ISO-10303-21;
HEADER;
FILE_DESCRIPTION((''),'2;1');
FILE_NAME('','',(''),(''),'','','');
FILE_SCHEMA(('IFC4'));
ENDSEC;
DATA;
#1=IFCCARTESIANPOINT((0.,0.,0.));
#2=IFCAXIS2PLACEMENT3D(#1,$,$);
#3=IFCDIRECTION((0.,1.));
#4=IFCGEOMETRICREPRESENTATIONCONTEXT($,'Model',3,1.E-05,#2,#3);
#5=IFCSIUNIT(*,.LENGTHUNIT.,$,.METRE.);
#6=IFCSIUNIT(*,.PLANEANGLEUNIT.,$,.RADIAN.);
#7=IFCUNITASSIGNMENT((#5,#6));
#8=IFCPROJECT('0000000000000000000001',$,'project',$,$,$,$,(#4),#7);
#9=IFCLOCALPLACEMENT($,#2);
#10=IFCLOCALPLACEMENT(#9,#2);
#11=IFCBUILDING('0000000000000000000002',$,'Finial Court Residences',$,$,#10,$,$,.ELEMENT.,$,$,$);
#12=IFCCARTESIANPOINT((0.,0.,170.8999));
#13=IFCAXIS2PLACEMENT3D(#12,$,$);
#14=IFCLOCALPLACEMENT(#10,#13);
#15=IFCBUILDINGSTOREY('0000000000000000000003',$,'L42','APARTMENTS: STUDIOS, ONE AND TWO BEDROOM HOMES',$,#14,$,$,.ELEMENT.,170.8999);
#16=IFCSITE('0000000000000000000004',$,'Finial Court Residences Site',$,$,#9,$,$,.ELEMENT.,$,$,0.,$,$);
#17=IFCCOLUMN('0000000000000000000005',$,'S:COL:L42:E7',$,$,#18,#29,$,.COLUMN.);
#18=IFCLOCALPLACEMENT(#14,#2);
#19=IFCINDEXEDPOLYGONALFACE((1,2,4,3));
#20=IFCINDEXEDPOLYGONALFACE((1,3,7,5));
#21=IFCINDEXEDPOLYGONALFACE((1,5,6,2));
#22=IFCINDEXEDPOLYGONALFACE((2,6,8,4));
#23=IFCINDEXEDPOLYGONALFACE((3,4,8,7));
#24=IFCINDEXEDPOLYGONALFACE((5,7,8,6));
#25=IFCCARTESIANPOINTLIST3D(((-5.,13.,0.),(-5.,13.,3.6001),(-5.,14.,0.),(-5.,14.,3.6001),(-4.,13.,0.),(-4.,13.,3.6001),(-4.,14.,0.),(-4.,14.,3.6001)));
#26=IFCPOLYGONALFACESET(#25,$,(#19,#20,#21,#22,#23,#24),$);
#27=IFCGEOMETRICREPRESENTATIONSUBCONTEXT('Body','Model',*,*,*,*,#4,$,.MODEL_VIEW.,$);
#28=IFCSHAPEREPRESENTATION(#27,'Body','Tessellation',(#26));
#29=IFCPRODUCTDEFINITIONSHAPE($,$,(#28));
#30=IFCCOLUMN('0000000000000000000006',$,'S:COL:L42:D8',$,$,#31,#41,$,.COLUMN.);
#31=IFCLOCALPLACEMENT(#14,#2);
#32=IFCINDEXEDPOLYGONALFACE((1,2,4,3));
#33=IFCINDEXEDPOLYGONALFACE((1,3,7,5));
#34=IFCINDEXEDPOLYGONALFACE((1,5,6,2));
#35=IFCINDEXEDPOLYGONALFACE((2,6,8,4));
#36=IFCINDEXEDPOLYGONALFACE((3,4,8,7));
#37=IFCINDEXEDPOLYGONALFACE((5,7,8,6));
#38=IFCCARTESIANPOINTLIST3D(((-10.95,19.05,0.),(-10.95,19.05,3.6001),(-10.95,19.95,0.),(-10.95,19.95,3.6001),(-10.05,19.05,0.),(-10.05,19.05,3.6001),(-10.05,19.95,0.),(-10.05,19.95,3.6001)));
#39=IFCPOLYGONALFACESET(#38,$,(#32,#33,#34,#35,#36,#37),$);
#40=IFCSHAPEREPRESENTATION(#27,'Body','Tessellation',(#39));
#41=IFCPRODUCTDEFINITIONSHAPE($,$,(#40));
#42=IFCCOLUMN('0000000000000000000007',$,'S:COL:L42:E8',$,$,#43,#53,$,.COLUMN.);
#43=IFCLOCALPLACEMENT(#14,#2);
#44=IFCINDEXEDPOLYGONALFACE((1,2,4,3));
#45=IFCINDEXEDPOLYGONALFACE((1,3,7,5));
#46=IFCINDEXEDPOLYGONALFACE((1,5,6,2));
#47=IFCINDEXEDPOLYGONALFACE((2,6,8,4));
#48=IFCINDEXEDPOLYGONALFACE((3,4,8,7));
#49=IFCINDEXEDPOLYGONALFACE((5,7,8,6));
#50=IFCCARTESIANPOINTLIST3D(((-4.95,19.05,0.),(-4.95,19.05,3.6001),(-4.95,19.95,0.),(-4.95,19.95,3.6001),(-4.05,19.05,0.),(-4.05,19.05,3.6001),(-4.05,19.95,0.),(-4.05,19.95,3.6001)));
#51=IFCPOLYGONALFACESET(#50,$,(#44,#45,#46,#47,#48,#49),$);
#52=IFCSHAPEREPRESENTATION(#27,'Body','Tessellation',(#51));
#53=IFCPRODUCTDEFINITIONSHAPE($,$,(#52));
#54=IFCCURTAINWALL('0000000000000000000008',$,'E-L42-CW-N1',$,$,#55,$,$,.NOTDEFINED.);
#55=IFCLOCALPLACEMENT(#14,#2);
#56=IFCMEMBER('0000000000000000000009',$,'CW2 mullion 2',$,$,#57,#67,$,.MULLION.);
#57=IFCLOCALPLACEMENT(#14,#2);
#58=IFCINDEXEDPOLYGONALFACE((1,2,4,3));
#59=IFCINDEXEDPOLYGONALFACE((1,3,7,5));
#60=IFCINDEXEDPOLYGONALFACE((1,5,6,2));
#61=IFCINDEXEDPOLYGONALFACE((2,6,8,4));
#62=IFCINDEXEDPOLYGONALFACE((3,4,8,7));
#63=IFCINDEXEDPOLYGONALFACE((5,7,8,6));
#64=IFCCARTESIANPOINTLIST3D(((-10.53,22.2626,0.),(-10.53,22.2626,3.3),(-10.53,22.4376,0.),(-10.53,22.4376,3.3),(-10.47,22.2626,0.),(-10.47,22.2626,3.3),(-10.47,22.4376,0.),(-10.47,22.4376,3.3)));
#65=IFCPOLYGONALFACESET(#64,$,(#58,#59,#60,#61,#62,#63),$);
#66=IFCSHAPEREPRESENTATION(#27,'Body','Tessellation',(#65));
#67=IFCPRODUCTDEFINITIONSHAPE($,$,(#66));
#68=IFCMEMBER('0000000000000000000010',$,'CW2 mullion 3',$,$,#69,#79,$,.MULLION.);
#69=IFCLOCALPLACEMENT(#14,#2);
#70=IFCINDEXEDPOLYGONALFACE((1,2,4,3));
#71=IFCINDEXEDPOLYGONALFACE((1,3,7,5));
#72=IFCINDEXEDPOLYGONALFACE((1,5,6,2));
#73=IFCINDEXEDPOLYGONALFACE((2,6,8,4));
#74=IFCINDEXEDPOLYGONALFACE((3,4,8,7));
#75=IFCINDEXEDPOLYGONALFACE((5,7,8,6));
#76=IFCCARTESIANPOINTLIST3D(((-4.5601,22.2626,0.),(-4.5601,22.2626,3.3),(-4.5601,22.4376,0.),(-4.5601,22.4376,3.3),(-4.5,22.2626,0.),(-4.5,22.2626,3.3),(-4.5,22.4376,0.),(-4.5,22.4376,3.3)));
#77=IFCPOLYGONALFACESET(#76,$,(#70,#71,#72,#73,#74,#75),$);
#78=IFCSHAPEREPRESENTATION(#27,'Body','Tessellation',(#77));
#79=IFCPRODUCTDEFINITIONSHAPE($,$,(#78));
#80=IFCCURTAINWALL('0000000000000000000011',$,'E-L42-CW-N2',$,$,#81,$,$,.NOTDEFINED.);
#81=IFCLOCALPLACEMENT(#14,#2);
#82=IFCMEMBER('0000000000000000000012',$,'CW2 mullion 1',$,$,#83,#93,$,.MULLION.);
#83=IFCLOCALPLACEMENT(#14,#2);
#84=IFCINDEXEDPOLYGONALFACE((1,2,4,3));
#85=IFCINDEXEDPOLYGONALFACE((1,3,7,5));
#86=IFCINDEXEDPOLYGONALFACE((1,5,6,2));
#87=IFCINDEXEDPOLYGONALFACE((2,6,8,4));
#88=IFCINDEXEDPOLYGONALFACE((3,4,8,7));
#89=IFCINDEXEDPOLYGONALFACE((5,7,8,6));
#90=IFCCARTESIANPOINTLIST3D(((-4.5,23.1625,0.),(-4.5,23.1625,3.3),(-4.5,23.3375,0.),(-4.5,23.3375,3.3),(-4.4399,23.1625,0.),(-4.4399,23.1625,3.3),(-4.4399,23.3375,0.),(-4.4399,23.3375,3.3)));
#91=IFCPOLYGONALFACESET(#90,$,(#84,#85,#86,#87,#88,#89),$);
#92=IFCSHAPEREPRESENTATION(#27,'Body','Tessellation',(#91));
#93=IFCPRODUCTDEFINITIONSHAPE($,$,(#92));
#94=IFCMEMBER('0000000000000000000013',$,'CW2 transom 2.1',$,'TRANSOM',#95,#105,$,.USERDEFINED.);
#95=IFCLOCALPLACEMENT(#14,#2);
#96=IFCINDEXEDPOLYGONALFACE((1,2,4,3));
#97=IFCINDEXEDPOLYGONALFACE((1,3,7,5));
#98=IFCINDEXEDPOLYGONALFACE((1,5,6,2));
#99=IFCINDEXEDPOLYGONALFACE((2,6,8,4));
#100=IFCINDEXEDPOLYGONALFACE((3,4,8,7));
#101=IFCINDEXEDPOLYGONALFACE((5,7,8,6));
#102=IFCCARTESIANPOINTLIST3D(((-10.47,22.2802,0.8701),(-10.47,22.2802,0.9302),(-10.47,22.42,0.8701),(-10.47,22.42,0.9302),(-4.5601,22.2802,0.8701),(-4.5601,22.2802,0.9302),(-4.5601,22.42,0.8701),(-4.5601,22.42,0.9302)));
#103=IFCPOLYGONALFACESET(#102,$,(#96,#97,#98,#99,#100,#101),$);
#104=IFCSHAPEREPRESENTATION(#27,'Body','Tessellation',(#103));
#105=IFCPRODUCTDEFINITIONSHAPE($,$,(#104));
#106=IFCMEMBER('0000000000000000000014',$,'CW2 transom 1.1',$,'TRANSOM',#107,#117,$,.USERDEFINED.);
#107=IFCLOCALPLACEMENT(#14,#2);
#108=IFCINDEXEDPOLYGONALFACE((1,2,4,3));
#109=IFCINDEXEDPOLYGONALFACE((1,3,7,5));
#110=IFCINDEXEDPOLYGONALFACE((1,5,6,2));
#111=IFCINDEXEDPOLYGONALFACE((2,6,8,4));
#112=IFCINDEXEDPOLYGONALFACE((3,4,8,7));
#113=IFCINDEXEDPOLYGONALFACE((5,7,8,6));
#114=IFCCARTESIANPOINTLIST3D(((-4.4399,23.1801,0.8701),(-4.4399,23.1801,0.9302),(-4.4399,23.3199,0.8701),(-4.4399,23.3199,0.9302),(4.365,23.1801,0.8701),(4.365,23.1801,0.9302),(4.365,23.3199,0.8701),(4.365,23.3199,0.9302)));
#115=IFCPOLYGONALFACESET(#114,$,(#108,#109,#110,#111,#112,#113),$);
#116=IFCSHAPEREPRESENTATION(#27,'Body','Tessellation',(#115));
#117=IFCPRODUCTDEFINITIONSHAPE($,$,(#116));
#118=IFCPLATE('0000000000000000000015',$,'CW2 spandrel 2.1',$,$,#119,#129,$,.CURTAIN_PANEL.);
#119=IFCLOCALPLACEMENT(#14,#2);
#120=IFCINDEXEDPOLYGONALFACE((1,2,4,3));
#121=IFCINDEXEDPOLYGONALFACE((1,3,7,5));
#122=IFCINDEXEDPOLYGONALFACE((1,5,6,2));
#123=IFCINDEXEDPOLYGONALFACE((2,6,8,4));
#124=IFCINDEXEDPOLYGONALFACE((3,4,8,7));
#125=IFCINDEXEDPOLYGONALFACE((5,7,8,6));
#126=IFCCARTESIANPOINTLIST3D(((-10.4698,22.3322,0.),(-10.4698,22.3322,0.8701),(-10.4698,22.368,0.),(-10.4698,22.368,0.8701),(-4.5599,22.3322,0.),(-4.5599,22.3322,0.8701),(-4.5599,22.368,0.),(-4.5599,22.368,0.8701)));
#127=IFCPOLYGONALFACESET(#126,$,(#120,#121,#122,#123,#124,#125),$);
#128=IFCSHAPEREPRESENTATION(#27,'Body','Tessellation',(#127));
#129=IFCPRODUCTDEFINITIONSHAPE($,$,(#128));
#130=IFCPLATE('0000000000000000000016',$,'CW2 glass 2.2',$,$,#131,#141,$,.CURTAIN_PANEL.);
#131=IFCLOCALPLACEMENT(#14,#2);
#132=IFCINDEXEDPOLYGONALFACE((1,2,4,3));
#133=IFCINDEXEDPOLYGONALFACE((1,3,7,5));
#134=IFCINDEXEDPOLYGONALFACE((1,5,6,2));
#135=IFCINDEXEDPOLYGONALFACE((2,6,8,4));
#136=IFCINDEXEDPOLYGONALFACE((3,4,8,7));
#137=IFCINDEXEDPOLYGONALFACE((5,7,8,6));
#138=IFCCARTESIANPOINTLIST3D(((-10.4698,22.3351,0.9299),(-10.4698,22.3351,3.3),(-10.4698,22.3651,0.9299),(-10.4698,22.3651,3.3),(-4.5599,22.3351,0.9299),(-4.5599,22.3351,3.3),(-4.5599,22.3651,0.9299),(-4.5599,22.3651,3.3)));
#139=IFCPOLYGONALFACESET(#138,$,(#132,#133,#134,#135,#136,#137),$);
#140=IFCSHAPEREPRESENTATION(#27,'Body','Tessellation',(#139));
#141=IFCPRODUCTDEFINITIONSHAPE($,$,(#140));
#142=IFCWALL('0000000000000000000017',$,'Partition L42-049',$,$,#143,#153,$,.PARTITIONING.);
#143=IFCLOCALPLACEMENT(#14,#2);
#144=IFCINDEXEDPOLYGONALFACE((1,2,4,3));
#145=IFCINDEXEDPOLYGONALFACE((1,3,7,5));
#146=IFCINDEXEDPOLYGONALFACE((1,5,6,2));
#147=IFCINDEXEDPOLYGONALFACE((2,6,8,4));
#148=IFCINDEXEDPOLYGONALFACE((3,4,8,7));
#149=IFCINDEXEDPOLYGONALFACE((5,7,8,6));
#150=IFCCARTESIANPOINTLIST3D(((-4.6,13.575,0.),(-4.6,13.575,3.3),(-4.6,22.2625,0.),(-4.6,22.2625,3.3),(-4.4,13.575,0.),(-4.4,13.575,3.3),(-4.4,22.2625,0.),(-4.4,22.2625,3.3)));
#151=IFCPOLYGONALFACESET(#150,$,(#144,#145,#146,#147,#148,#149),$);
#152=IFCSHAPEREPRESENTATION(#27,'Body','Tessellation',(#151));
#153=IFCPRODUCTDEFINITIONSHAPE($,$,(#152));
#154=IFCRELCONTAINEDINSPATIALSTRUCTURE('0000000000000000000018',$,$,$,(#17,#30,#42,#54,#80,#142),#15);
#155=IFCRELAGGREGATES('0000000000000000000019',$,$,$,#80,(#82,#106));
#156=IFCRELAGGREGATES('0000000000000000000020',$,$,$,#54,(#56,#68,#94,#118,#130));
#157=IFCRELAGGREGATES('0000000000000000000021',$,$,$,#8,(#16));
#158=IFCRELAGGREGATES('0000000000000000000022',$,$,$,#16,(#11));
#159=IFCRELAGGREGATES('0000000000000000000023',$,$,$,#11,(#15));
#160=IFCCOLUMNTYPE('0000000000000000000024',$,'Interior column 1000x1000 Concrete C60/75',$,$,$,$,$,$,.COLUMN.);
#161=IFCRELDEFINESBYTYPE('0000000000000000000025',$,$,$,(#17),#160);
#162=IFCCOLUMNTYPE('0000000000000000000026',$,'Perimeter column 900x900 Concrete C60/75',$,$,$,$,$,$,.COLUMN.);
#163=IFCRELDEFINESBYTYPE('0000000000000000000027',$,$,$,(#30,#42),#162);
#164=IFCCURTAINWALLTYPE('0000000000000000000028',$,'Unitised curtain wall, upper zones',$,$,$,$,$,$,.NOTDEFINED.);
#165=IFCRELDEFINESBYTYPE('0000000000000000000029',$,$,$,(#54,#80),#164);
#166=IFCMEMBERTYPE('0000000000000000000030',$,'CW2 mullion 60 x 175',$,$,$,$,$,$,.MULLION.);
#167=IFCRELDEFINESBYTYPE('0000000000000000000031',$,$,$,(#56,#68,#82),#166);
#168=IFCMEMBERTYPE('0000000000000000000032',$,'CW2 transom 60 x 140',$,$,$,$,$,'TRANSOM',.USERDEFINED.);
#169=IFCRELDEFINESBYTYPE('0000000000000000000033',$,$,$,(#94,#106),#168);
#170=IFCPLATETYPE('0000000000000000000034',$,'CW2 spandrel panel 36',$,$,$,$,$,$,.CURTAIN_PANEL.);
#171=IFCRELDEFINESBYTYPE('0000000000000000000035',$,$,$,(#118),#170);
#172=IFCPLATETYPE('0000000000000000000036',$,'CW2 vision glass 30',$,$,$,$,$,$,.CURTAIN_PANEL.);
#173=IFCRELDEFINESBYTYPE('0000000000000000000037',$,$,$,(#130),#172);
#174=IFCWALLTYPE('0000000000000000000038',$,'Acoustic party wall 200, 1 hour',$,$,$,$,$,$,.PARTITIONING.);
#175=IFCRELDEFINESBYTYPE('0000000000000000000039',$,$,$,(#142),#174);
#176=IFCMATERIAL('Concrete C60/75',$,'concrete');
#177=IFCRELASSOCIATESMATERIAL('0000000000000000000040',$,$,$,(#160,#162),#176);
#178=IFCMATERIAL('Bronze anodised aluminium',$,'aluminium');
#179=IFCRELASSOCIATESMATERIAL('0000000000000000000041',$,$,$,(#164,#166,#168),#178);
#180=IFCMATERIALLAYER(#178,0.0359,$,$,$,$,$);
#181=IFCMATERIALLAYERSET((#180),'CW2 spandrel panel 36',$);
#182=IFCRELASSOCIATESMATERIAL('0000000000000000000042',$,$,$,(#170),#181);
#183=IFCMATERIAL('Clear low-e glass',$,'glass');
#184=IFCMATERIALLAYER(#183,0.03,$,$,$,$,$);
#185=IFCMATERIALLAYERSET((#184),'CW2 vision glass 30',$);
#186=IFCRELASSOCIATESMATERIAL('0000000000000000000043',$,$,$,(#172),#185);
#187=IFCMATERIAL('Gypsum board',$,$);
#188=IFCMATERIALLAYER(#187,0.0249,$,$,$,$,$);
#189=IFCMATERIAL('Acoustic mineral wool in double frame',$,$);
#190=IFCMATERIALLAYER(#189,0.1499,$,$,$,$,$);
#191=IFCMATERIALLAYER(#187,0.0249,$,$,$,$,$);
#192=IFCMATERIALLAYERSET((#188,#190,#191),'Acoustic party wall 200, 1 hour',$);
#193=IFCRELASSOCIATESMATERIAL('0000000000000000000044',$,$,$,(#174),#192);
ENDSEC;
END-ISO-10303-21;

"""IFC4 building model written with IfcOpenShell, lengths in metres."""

from ifc_helpers import new_model, si_unit, direction, frame, frame_2d, origin, origin_2d, place, context, subcontext, project, spatial, rectangle, extrude, material, layer, layer_set, material_profile, profile_set, type_object, element, aggregate, save


model = new_model("IFC4")

# Units and contexts
model_context = context("Model", 3, precision=1e-05, world=origin(), true_north=direction((0.0, 1.0)))
body_context = subcontext(model_context, "Body", "Model", "MODEL_VIEW")
ifc_project = project(units=[si_unit("LENGTHUNIT", "METRE"), si_unit("PLANEANGLEUNIT", "RADIAN")], contexts=[model_context])

# Site, building, storey
site_placement = place(None, origin())
site = spatial("IfcSite", under=ifc_project, at=site_placement, Name="Finial Court Residences Site", CompositionType="ELEMENT", RefElevation=0.0)
building_placement = place(site_placement, origin())
building = spatial("IfcBuilding", under=site, at=building_placement, Name="Finial Court Residences", CompositionType="ELEMENT")
storey_placement = place(building_placement, frame((0.0, 0.0, 170.8999)))
storey = spatial("IfcBuildingStorey", under=building, at=storey_placement, Name="L42", Description="APARTMENTS: STUDIOS, ONE AND TWO BEDROOM HOMES", CompositionType="ELEMENT", Elevation=170.8999)

# Columns
ifc_material_1 = material(Name="Concrete C60/75", Category="concrete")
ifc_material_profile_1 = material_profile(ifc_material_1, rectangle(XDim=1.0, YDim=1.0, at=origin_2d()), Name="1000x1000")
ifc_profile_set_1 = profile_set([ifc_material_profile_1], Name="Concrete C60/75")
column_type_1 = type_object("IfcColumnType", Name="Interior column 1000x1000 Concrete C60/75", PredefinedType="COLUMN", material=ifc_profile_set_1)
column_placement = place(storey_placement, frame((-4.5, 13.5, 0.0), z_axis=(0.0, 0.0, 1.0), x_axis=(1.0, 0.0, 0.0)))
element("IfcColumn", 1, at=column_placement, inside=storey, type_object=column_type_1, Name="S:COL:L42:E7", PredefinedType="COLUMN", context=body_context, shape_type="SweptSolid", body=[
    extrude(rectangle(XDim=1.0, YDim=1.0, at=origin_2d()), origin(), (0.0, 0.0, 1.0), 3.6001),
])
ifc_material_profile_2 = material_profile(ifc_material_1, rectangle(XDim=0.8999, YDim=0.8999, at=origin_2d()), Name="900x900")
ifc_profile_set_2 = profile_set([ifc_material_profile_2], Name="Concrete C60/75")
column_type_2 = type_object("IfcColumnType", Name="Perimeter column 900x900 Concrete C60/75", PredefinedType="COLUMN", material=ifc_profile_set_2)
for number, where, z_axis, x_axis, name in (
    (2, (-10.5, 19.5, 0.0), (0.0, 0.0, 1.0), (1.0, 0.0, 0.0), "S:COL:L42:D8"),
    (3, (-4.5, 19.5, 0.0), (0.0, 0.0, 1.0), (1.0, 0.0, 0.0), "S:COL:L42:E8"),
):
    element("IfcColumn", number, at=place(storey_placement, frame(where, z_axis=z_axis, x_axis=x_axis)), inside=storey, type_object=column_type_2, Name=name, PredefinedType="COLUMN", context=body_context, shape_type="SweptSolid", body=[
        extrude(rectangle(XDim=0.8999, YDim=0.8999, at=origin_2d()), origin(), (0.0, 0.0, 1.0), 3.6001),
    ])

# Curtain wall, members
ifc_material_2 = material(Name="Bronze anodised aluminium", Category="aluminium")
curtain_wall_type = type_object("IfcCurtainWallType", Name="Unitised curtain wall, upper zones", PredefinedType="NOTDEFINED", material=ifc_material_2)
curtain_wall_1_placement = place(storey_placement, origin())
curtain_wall_1 = element("IfcCurtainWall", 4, at=curtain_wall_1_placement, inside=storey, type_object=curtain_wall_type, Name="E-L42-CW-N1", PredefinedType="NOTDEFINED")
ifc_material_profile_3 = material_profile(ifc_material_2, rectangle(XDim=0.175, YDim=0.0601, at=origin_2d()), Name="CW2 mullion 60 x 175")
ifc_profile_set_3 = profile_set([ifc_material_profile_3], Name="Bronze anodised aluminium")
member_type_1 = type_object("IfcMemberType", Name="CW2 mullion 60 x 175", PredefinedType="MULLION", material=ifc_profile_set_3)
member_1_placement = place(storey_placement, frame((-10.5, 22.3501, 0.0), z_axis=(0.0, 0.0, 1.0), x_axis=(0.0, 1.0, 0.0)))
member_1 = element("IfcMember", 5, at=member_1_placement, type_object=member_type_1, Name="CW2 mullion 2", PredefinedType="MULLION", context=body_context, shape_type="SweptSolid", body=[
    extrude(rectangle(XDim=0.175, YDim=0.0601, at=origin_2d()), origin(), (0.0, 0.0, 1.0), 3.3),
])
member_2_placement = place(storey_placement, frame((-4.53, 22.3501, 0.0), z_axis=(0.0, 0.0, 1.0), x_axis=(0.0, 1.0, 0.0)))
member_2 = element("IfcMember", 6, at=member_2_placement, type_object=member_type_1, Name="CW2 mullion 3", PredefinedType="MULLION", context=body_context, shape_type="SweptSolid", body=[
    extrude(rectangle(XDim=0.175, YDim=0.0601, at=origin_2d()), origin(), (0.0, 0.0, 1.0), 3.3),
])

# Curtain wall, member
curtain_wall_2_placement = place(storey_placement, origin())
curtain_wall_2 = element("IfcCurtainWall", 7, at=curtain_wall_2_placement, inside=storey, type_object=curtain_wall_type, Name="E-L42-CW-N2", PredefinedType="NOTDEFINED")
member_3_placement = place(storey_placement, frame((-4.47, 23.25, 0.0), z_axis=(0.0, 0.0, 1.0), x_axis=(0.0, 1.0, 0.0)))
member_3 = element("IfcMember", 8, at=member_3_placement, type_object=member_type_1, Name="CW2 mullion 1", PredefinedType="MULLION", context=body_context, shape_type="SweptSolid", body=[
    extrude(rectangle(XDim=0.175, YDim=0.0601, at=origin_2d()), origin(), (0.0, 0.0, 1.0), 3.3),
])

# Members
ifc_material_profile_4 = material_profile(ifc_material_2, rectangle(XDim=0.1399, YDim=0.0601, at=origin_2d()), Name="CW2 transom 60 x 140")
ifc_profile_set_4 = profile_set([ifc_material_profile_4], Name="Bronze anodised aluminium")
member_type_2 = type_object("IfcMemberType", Name="CW2 transom 60 x 140", ElementType="TRANSOM", PredefinedType="USERDEFINED", material=ifc_profile_set_4)
member_4_placement = place(storey_placement, frame((-10.47, 22.3501, 0.9001), z_axis=(1.0, 0.0, 0.0), x_axis=(0.0, 1.0, 0.0)))
member_4 = element("IfcMember", 9, at=member_4_placement, type_object=member_type_2, Name="CW2 transom 2.1", ObjectType="TRANSOM", PredefinedType="USERDEFINED", context=body_context, shape_type="SweptSolid", body=[
    extrude(rectangle(XDim=0.1399, YDim=0.0601, at=origin_2d()), origin(), (0.0, 0.0, 1.0), 5.9099),
])
member_5_placement = place(storey_placement, frame((-4.4399, 23.25, 0.9001), z_axis=(1.0, 0.0, 0.0), x_axis=(0.0, 1.0, 0.0)))
member_5 = element("IfcMember", 10, at=member_5_placement, type_object=member_type_2, Name="CW2 transom 1.1", ObjectType="TRANSOM", PredefinedType="USERDEFINED", context=body_context, shape_type="SweptSolid", body=[
    extrude(rectangle(XDim=0.1399, YDim=0.0601, at=origin_2d()), origin(), (0.0, 0.0, 1.0), 8.8049),
])
aggregate(curtain_wall_2, [member_3, member_5])

# Plates
ifc_layer_1 = layer(ifc_material_2, 0.0359)
ifc_layer_set_1 = layer_set([ifc_layer_1], Name="CW2 spandrel panel 36")
plate_type_1 = type_object("IfcPlateType", Name="CW2 spandrel panel 36", PredefinedType="CURTAIN_PANEL", material=ifc_layer_set_1)
plate_1_placement = place(storey_placement, frame((-7.5149, 22.3501, 0.0), z_axis=(0.0, 0.0, 1.0), x_axis=(1.0, 0.0, 0.0)))
plate_1 = element("IfcPlate", 11, at=plate_1_placement, type_object=plate_type_1, Name="CW2 spandrel 2.1", PredefinedType="CURTAIN_PANEL", context=body_context, shape_type="SweptSolid", body=[
    extrude(rectangle(XDim=5.9099, YDim=0.0359, at=origin_2d()), origin(), (0.0, 0.0, 1.0), 0.8701),
])
ifc_material_3 = material(Name="Clear low-e glass", Category="glass")
ifc_layer_2 = layer(ifc_material_3, 0.03)
ifc_layer_set_2 = layer_set([ifc_layer_2], Name="CW2 vision glass 30")
plate_type_2 = type_object("IfcPlateType", Name="CW2 vision glass 30", PredefinedType="CURTAIN_PANEL", material=ifc_layer_set_2)
plate_2_placement = place(storey_placement, frame((-7.5149, 22.3501, 0.9299), z_axis=(0.0, 0.0, 1.0), x_axis=(1.0, 0.0, 0.0)))
plate_2 = element("IfcPlate", 12, at=plate_2_placement, type_object=plate_type_2, Name="CW2 glass 2.2", PredefinedType="CURTAIN_PANEL", context=body_context, shape_type="SweptSolid", body=[
    extrude(rectangle(XDim=5.9099, YDim=0.03, at=origin_2d()), origin(), (0.0, 0.0, 1.0), 2.3701),
])
aggregate(curtain_wall_1, [member_1, member_2, member_4, plate_1, plate_2])

# Wall
ifc_material_4 = material(Name="Gypsum board")
ifc_layer_3 = layer(ifc_material_4, 0.0249)
ifc_material_5 = material(Name="Acoustic mineral wool in double frame")
ifc_layer_4 = layer(ifc_material_5, 0.1499)
ifc_layer_5 = layer(ifc_material_4, 0.0249)
ifc_layer_set_3 = layer_set([ifc_layer_3, ifc_layer_4, ifc_layer_5], Name="Acoustic party wall 200, 1 hour")
wall_type_1 = type_object("IfcWallType", Name="Acoustic party wall 200, 1 hour", PredefinedType="PARTITIONING", material=ifc_layer_set_3)
wall_1_placement = place(storey_placement, frame((-4.5, 13.575, 0.0), z_axis=(0.0, 0.0, 1.0), x_axis=(0.0, 1.0, 0.0)))
element("IfcWall", 13, at=wall_1_placement, inside=storey, type_object=wall_type_1, Name="Partition L42-049", PredefinedType="PARTITIONING", context=body_context, shape_type="SweptSolid", body=[
    extrude(rectangle(XDim=8.6875, YDim=0.2, at=frame_2d((4.3438, 0.0))), origin(), (0.0, 0.0, 1.0), 3.3),
])

save(model, "model.ifc")
